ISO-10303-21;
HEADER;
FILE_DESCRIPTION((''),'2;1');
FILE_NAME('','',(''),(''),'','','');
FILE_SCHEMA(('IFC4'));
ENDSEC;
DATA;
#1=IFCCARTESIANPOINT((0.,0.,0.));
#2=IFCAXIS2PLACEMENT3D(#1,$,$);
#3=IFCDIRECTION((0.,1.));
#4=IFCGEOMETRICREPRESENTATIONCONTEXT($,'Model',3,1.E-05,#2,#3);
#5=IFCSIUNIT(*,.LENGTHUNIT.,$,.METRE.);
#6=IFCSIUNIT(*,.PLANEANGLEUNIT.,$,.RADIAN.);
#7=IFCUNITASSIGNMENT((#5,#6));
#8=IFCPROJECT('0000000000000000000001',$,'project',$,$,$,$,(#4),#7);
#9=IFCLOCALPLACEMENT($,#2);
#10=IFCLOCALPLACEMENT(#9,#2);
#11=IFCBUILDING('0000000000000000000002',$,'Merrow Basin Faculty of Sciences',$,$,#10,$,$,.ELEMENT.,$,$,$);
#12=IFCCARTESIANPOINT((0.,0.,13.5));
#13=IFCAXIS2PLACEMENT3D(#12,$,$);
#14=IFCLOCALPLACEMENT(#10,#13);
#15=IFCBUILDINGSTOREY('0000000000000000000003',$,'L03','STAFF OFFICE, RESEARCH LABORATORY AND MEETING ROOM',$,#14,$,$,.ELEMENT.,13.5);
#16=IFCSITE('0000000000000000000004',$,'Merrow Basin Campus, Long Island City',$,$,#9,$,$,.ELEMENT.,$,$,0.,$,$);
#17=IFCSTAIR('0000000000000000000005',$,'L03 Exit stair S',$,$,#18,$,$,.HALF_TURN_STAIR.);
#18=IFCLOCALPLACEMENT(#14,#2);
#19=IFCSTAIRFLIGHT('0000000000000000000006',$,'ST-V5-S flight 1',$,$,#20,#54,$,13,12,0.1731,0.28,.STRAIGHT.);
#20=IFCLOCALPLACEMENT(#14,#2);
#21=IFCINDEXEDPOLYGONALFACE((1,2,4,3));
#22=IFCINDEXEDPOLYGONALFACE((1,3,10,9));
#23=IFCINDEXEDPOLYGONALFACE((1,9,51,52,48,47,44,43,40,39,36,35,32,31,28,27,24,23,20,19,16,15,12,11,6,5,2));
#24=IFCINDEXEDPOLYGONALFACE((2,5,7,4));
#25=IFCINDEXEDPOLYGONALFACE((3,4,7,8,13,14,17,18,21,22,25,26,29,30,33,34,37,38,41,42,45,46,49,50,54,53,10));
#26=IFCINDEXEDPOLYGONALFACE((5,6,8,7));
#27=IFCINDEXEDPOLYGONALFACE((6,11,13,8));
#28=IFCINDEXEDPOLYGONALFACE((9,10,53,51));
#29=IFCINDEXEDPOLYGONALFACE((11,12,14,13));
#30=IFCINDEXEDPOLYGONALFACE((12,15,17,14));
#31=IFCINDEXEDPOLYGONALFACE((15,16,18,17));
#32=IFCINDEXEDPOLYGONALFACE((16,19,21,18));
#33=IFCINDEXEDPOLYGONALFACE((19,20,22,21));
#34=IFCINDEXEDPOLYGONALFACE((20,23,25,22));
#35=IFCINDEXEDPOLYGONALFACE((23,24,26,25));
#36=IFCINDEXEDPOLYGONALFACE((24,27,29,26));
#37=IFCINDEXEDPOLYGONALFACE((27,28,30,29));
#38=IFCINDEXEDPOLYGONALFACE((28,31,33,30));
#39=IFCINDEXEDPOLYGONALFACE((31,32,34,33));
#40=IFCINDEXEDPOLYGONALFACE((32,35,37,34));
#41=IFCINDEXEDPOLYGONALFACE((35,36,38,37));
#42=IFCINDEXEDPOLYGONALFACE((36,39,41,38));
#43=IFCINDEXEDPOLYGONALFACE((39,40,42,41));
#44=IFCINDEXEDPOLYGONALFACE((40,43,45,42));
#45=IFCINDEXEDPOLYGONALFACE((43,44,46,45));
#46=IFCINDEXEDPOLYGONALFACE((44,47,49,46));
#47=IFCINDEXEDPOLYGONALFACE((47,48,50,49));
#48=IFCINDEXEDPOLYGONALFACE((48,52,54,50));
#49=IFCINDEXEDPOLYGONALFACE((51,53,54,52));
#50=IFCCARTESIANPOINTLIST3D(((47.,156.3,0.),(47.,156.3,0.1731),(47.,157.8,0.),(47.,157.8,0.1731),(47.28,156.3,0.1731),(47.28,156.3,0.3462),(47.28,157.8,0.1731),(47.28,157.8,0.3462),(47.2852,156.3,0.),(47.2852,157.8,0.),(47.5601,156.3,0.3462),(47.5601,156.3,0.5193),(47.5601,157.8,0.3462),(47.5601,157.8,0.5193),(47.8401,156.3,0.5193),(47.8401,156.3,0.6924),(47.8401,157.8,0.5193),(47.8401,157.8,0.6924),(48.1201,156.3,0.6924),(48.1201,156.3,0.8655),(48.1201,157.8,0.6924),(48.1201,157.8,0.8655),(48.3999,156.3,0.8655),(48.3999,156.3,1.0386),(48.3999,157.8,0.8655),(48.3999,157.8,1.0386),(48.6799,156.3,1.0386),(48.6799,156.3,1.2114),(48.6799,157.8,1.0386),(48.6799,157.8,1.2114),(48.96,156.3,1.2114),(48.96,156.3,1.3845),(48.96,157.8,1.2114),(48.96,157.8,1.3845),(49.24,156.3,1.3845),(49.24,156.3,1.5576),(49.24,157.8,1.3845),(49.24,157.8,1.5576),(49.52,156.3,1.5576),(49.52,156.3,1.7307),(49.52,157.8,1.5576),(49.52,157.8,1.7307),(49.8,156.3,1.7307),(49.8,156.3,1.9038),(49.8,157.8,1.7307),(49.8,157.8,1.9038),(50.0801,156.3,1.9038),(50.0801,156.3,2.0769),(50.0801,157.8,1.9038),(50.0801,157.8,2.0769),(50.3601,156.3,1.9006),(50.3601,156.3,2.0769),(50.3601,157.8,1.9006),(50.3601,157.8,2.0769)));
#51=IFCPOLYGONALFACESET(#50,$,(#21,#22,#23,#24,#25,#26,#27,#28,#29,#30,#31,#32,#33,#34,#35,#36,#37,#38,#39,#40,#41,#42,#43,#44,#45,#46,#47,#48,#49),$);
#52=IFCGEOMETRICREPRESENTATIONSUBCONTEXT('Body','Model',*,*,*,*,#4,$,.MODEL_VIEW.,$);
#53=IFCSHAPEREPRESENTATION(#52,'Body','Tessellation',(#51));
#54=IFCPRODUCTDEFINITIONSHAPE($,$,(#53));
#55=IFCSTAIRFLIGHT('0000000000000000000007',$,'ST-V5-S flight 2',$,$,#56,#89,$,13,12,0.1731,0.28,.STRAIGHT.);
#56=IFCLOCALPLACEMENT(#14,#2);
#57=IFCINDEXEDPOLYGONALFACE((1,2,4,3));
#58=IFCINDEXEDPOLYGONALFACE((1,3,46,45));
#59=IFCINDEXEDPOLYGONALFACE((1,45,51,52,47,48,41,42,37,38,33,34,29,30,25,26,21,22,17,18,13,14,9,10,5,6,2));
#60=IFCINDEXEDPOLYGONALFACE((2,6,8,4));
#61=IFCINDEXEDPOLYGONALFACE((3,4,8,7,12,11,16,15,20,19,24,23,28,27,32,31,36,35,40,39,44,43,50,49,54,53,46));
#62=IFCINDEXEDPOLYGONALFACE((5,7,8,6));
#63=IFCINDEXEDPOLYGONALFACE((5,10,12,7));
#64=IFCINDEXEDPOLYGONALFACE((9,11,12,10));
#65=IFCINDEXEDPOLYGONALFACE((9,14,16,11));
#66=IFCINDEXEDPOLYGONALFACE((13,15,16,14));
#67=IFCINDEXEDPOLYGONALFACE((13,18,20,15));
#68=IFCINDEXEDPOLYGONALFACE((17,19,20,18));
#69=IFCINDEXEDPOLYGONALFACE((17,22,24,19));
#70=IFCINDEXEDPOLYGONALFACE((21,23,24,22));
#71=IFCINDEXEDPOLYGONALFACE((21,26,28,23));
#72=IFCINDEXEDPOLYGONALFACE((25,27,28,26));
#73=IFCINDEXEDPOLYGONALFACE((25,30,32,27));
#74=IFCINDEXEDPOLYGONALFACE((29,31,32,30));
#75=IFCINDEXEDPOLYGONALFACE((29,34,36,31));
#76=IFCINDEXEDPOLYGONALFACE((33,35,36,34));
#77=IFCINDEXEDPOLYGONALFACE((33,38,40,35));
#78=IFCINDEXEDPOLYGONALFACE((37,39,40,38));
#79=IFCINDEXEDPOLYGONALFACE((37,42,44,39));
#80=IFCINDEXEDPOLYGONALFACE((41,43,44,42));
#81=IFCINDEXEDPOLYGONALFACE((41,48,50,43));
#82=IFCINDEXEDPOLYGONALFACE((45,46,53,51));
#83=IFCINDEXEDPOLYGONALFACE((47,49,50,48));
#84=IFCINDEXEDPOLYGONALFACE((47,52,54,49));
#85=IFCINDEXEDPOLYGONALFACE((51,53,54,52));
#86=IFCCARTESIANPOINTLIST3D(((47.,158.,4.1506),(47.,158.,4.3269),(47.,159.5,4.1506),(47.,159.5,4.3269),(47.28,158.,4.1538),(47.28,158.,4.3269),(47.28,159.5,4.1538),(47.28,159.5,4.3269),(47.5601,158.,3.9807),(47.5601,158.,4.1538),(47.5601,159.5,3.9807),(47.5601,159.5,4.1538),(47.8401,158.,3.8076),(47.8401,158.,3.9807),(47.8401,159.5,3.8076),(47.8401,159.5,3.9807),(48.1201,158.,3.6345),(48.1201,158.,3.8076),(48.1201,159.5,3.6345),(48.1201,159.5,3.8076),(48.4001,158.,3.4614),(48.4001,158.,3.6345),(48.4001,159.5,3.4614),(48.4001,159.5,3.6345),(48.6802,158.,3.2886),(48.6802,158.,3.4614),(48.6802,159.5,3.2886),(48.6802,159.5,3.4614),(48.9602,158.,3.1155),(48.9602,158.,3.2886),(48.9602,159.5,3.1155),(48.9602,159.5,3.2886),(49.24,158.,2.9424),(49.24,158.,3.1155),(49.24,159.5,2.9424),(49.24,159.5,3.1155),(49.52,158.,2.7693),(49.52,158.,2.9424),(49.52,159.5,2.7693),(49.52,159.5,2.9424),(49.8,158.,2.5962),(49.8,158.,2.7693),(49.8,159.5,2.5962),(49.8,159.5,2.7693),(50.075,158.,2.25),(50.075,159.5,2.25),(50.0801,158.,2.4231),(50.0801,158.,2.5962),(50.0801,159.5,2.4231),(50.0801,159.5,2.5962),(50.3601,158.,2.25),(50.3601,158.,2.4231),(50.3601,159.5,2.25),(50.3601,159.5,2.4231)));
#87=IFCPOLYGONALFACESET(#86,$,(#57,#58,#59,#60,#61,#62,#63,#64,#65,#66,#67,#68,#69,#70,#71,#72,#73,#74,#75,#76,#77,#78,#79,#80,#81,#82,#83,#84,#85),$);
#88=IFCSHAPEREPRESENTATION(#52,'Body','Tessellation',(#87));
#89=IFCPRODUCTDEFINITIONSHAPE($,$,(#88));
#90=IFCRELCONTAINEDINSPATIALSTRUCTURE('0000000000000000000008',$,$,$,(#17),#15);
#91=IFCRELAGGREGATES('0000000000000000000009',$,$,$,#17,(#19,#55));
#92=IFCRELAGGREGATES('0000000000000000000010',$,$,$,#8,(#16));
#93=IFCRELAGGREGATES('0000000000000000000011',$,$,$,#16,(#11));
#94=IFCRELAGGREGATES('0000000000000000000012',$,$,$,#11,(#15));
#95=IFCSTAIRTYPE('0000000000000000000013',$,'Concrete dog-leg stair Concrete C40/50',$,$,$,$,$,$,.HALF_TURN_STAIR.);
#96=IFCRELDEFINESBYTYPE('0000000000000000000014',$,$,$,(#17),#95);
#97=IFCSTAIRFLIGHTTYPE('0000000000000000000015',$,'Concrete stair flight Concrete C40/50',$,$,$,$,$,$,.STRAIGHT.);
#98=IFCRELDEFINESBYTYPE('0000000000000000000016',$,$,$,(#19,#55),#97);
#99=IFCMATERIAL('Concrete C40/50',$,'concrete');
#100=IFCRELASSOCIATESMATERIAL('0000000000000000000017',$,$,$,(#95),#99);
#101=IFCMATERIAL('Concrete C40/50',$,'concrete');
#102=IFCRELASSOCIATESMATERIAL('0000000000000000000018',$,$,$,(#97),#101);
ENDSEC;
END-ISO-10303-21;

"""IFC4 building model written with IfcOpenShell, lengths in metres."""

from ifc_helpers import new_model, si_unit, direction, frame, origin, place, context, subcontext, project, spatial, polyline, outline, extrude, material, type_object, element, aggregate, save


model = new_model("IFC4")

# Units and contexts
model_context = context("Model", 3, precision=1e-05, world=origin(), true_north=direction((0.0, 1.0)))
body_context = subcontext(model_context, "Body", "Model", "MODEL_VIEW")
ifc_project = project(units=[si_unit("LENGTHUNIT", "METRE"), si_unit("PLANEANGLEUNIT", "RADIAN")], contexts=[model_context])

# Site, building, storey
site_placement = place(None, origin())
site = spatial("IfcSite", under=ifc_project, at=site_placement, Name="Merrow Basin Campus, Long Island City", CompositionType="ELEMENT", RefElevation=0.0)
building_placement = place(site_placement, origin())
building = spatial("IfcBuilding", under=site, at=building_placement, Name="Merrow Basin Faculty of Sciences", CompositionType="ELEMENT")
storey_placement = place(building_placement, frame((0.0, 0.0, 13.5)))
storey = spatial("IfcBuildingStorey", under=building, at=storey_placement, Name="L03", Description="STAFF OFFICE, RESEARCH LABORATORY AND MEETING ROOM", CompositionType="ELEMENT", Elevation=13.5)

# Stair, stair flights
ifc_material_1 = material(Name="Concrete C40/50", Category="concrete")
stair_type = type_object("IfcStairType", Name="Concrete dog-leg stair Concrete C40/50", PredefinedType="HALF_TURN_STAIR", material=ifc_material_1)
stair_placement = place(storey_placement, origin())
stair = element("IfcStair", 1, at=stair_placement, inside=storey, type_object=stair_type, Name="L03 Exit stair S", PredefinedType="HALF_TURN_STAIR")
ifc_material_2 = material(Name="Concrete C40/50", Category="concrete")
stair_flight_type = type_object("IfcStairFlightType", Name="Concrete stair flight Concrete C40/50", PredefinedType="STRAIGHT", material=ifc_material_2)
stair_flight_1_placement = place(storey_placement, frame((47.0, 157.05, 0.0), z_axis=(0.0, 0.0, 1.0), x_axis=(1.0, 0.0, 0.0)))
stair_flight_1 = element("IfcStairFlight", 2, at=stair_flight_1_placement, type_object=stair_flight_type, Name="ST-V5-S flight 1", NumberOfRisers=13, NumberOfTreads=12, PredefinedType="STRAIGHT", RiserHeight=0.1731, TreadLength=0.28, context=body_context, shape_type="SweptSolid", body=[
    extrude(outline(polyline([(0.0, 0.0), (0.0, 0.1731), (0.28, 0.1731), (0.28, 0.3462), (0.5601, 0.3462), (0.5601, 0.5193), (0.8401, 0.5193), (0.8401, 0.6924), (1.1201, 0.6924), (1.1201, 0.8655), (1.3999, 0.8655), (1.3999, 1.0386), (1.6799, 1.0386), (1.6799, 1.2114), (1.96, 1.2114), (1.96, 1.3845), (2.24, 1.3845), (2.24, 1.5576), (2.52, 1.5576), (2.52, 1.7307), (2.8, 1.7307), (2.8, 1.9038), (3.0801, 1.9038), (3.0801, 2.0769), (3.3601, 2.0769), (3.3601, 2.25), (3.3601, 1.9006), (0.2852, 0.0), (0.0, 0.0)])), frame((0.0, 0.75, 0.0), z_axis=(0.0, -1.0, 0.0), x_axis=(1.0, 0.0, 0.0)), (0.0, 0.0, 1.0), 1.5),
])
stair_flight_2_placement = place(storey_placement, frame((50.3601, 158.75, 2.25), z_axis=(0.0, 0.0, 1.0), x_axis=(-1.0, 0.0, 0.0)))
stair_flight_2 = element("IfcStairFlight", 3, at=stair_flight_2_placement, type_object=stair_flight_type, Name="ST-V5-S flight 2", NumberOfRisers=13, NumberOfTreads=12, PredefinedType="STRAIGHT", RiserHeight=0.1731, TreadLength=0.28, context=body_context, shape_type="SweptSolid", body=[
    extrude(outline(polyline([(0.0, 0.0), (0.0, 0.1731), (0.28, 0.1731), (0.28, 0.3462), (0.5601, 0.3462), (0.5601, 0.5193), (0.8401, 0.5193), (0.8401, 0.6924), (1.1201, 0.6924), (1.1201, 0.8655), (1.3999, 0.8655), (1.3999, 1.0386), (1.6799, 1.0386), (1.6799, 1.2114), (1.96, 1.2114), (1.96, 1.3845), (2.24, 1.3845), (2.24, 1.5576), (2.52, 1.5576), (2.52, 1.7307), (2.8, 1.7307), (2.8, 1.9038), (3.0801, 1.9038), (3.0801, 2.0769), (3.3601, 2.0769), (3.3601, 2.25), (3.3601, 1.9006), (0.2852, 0.0), (0.0, 0.0)])), frame((0.0, 0.75, 0.0), z_axis=(0.0, -1.0, 0.0), x_axis=(1.0, 0.0, 0.0)), (0.0, 0.0, 1.0), 1.5),
])
aggregate(stair, [stair_flight_1, stair_flight_2])

save(model, "model.ifc")
